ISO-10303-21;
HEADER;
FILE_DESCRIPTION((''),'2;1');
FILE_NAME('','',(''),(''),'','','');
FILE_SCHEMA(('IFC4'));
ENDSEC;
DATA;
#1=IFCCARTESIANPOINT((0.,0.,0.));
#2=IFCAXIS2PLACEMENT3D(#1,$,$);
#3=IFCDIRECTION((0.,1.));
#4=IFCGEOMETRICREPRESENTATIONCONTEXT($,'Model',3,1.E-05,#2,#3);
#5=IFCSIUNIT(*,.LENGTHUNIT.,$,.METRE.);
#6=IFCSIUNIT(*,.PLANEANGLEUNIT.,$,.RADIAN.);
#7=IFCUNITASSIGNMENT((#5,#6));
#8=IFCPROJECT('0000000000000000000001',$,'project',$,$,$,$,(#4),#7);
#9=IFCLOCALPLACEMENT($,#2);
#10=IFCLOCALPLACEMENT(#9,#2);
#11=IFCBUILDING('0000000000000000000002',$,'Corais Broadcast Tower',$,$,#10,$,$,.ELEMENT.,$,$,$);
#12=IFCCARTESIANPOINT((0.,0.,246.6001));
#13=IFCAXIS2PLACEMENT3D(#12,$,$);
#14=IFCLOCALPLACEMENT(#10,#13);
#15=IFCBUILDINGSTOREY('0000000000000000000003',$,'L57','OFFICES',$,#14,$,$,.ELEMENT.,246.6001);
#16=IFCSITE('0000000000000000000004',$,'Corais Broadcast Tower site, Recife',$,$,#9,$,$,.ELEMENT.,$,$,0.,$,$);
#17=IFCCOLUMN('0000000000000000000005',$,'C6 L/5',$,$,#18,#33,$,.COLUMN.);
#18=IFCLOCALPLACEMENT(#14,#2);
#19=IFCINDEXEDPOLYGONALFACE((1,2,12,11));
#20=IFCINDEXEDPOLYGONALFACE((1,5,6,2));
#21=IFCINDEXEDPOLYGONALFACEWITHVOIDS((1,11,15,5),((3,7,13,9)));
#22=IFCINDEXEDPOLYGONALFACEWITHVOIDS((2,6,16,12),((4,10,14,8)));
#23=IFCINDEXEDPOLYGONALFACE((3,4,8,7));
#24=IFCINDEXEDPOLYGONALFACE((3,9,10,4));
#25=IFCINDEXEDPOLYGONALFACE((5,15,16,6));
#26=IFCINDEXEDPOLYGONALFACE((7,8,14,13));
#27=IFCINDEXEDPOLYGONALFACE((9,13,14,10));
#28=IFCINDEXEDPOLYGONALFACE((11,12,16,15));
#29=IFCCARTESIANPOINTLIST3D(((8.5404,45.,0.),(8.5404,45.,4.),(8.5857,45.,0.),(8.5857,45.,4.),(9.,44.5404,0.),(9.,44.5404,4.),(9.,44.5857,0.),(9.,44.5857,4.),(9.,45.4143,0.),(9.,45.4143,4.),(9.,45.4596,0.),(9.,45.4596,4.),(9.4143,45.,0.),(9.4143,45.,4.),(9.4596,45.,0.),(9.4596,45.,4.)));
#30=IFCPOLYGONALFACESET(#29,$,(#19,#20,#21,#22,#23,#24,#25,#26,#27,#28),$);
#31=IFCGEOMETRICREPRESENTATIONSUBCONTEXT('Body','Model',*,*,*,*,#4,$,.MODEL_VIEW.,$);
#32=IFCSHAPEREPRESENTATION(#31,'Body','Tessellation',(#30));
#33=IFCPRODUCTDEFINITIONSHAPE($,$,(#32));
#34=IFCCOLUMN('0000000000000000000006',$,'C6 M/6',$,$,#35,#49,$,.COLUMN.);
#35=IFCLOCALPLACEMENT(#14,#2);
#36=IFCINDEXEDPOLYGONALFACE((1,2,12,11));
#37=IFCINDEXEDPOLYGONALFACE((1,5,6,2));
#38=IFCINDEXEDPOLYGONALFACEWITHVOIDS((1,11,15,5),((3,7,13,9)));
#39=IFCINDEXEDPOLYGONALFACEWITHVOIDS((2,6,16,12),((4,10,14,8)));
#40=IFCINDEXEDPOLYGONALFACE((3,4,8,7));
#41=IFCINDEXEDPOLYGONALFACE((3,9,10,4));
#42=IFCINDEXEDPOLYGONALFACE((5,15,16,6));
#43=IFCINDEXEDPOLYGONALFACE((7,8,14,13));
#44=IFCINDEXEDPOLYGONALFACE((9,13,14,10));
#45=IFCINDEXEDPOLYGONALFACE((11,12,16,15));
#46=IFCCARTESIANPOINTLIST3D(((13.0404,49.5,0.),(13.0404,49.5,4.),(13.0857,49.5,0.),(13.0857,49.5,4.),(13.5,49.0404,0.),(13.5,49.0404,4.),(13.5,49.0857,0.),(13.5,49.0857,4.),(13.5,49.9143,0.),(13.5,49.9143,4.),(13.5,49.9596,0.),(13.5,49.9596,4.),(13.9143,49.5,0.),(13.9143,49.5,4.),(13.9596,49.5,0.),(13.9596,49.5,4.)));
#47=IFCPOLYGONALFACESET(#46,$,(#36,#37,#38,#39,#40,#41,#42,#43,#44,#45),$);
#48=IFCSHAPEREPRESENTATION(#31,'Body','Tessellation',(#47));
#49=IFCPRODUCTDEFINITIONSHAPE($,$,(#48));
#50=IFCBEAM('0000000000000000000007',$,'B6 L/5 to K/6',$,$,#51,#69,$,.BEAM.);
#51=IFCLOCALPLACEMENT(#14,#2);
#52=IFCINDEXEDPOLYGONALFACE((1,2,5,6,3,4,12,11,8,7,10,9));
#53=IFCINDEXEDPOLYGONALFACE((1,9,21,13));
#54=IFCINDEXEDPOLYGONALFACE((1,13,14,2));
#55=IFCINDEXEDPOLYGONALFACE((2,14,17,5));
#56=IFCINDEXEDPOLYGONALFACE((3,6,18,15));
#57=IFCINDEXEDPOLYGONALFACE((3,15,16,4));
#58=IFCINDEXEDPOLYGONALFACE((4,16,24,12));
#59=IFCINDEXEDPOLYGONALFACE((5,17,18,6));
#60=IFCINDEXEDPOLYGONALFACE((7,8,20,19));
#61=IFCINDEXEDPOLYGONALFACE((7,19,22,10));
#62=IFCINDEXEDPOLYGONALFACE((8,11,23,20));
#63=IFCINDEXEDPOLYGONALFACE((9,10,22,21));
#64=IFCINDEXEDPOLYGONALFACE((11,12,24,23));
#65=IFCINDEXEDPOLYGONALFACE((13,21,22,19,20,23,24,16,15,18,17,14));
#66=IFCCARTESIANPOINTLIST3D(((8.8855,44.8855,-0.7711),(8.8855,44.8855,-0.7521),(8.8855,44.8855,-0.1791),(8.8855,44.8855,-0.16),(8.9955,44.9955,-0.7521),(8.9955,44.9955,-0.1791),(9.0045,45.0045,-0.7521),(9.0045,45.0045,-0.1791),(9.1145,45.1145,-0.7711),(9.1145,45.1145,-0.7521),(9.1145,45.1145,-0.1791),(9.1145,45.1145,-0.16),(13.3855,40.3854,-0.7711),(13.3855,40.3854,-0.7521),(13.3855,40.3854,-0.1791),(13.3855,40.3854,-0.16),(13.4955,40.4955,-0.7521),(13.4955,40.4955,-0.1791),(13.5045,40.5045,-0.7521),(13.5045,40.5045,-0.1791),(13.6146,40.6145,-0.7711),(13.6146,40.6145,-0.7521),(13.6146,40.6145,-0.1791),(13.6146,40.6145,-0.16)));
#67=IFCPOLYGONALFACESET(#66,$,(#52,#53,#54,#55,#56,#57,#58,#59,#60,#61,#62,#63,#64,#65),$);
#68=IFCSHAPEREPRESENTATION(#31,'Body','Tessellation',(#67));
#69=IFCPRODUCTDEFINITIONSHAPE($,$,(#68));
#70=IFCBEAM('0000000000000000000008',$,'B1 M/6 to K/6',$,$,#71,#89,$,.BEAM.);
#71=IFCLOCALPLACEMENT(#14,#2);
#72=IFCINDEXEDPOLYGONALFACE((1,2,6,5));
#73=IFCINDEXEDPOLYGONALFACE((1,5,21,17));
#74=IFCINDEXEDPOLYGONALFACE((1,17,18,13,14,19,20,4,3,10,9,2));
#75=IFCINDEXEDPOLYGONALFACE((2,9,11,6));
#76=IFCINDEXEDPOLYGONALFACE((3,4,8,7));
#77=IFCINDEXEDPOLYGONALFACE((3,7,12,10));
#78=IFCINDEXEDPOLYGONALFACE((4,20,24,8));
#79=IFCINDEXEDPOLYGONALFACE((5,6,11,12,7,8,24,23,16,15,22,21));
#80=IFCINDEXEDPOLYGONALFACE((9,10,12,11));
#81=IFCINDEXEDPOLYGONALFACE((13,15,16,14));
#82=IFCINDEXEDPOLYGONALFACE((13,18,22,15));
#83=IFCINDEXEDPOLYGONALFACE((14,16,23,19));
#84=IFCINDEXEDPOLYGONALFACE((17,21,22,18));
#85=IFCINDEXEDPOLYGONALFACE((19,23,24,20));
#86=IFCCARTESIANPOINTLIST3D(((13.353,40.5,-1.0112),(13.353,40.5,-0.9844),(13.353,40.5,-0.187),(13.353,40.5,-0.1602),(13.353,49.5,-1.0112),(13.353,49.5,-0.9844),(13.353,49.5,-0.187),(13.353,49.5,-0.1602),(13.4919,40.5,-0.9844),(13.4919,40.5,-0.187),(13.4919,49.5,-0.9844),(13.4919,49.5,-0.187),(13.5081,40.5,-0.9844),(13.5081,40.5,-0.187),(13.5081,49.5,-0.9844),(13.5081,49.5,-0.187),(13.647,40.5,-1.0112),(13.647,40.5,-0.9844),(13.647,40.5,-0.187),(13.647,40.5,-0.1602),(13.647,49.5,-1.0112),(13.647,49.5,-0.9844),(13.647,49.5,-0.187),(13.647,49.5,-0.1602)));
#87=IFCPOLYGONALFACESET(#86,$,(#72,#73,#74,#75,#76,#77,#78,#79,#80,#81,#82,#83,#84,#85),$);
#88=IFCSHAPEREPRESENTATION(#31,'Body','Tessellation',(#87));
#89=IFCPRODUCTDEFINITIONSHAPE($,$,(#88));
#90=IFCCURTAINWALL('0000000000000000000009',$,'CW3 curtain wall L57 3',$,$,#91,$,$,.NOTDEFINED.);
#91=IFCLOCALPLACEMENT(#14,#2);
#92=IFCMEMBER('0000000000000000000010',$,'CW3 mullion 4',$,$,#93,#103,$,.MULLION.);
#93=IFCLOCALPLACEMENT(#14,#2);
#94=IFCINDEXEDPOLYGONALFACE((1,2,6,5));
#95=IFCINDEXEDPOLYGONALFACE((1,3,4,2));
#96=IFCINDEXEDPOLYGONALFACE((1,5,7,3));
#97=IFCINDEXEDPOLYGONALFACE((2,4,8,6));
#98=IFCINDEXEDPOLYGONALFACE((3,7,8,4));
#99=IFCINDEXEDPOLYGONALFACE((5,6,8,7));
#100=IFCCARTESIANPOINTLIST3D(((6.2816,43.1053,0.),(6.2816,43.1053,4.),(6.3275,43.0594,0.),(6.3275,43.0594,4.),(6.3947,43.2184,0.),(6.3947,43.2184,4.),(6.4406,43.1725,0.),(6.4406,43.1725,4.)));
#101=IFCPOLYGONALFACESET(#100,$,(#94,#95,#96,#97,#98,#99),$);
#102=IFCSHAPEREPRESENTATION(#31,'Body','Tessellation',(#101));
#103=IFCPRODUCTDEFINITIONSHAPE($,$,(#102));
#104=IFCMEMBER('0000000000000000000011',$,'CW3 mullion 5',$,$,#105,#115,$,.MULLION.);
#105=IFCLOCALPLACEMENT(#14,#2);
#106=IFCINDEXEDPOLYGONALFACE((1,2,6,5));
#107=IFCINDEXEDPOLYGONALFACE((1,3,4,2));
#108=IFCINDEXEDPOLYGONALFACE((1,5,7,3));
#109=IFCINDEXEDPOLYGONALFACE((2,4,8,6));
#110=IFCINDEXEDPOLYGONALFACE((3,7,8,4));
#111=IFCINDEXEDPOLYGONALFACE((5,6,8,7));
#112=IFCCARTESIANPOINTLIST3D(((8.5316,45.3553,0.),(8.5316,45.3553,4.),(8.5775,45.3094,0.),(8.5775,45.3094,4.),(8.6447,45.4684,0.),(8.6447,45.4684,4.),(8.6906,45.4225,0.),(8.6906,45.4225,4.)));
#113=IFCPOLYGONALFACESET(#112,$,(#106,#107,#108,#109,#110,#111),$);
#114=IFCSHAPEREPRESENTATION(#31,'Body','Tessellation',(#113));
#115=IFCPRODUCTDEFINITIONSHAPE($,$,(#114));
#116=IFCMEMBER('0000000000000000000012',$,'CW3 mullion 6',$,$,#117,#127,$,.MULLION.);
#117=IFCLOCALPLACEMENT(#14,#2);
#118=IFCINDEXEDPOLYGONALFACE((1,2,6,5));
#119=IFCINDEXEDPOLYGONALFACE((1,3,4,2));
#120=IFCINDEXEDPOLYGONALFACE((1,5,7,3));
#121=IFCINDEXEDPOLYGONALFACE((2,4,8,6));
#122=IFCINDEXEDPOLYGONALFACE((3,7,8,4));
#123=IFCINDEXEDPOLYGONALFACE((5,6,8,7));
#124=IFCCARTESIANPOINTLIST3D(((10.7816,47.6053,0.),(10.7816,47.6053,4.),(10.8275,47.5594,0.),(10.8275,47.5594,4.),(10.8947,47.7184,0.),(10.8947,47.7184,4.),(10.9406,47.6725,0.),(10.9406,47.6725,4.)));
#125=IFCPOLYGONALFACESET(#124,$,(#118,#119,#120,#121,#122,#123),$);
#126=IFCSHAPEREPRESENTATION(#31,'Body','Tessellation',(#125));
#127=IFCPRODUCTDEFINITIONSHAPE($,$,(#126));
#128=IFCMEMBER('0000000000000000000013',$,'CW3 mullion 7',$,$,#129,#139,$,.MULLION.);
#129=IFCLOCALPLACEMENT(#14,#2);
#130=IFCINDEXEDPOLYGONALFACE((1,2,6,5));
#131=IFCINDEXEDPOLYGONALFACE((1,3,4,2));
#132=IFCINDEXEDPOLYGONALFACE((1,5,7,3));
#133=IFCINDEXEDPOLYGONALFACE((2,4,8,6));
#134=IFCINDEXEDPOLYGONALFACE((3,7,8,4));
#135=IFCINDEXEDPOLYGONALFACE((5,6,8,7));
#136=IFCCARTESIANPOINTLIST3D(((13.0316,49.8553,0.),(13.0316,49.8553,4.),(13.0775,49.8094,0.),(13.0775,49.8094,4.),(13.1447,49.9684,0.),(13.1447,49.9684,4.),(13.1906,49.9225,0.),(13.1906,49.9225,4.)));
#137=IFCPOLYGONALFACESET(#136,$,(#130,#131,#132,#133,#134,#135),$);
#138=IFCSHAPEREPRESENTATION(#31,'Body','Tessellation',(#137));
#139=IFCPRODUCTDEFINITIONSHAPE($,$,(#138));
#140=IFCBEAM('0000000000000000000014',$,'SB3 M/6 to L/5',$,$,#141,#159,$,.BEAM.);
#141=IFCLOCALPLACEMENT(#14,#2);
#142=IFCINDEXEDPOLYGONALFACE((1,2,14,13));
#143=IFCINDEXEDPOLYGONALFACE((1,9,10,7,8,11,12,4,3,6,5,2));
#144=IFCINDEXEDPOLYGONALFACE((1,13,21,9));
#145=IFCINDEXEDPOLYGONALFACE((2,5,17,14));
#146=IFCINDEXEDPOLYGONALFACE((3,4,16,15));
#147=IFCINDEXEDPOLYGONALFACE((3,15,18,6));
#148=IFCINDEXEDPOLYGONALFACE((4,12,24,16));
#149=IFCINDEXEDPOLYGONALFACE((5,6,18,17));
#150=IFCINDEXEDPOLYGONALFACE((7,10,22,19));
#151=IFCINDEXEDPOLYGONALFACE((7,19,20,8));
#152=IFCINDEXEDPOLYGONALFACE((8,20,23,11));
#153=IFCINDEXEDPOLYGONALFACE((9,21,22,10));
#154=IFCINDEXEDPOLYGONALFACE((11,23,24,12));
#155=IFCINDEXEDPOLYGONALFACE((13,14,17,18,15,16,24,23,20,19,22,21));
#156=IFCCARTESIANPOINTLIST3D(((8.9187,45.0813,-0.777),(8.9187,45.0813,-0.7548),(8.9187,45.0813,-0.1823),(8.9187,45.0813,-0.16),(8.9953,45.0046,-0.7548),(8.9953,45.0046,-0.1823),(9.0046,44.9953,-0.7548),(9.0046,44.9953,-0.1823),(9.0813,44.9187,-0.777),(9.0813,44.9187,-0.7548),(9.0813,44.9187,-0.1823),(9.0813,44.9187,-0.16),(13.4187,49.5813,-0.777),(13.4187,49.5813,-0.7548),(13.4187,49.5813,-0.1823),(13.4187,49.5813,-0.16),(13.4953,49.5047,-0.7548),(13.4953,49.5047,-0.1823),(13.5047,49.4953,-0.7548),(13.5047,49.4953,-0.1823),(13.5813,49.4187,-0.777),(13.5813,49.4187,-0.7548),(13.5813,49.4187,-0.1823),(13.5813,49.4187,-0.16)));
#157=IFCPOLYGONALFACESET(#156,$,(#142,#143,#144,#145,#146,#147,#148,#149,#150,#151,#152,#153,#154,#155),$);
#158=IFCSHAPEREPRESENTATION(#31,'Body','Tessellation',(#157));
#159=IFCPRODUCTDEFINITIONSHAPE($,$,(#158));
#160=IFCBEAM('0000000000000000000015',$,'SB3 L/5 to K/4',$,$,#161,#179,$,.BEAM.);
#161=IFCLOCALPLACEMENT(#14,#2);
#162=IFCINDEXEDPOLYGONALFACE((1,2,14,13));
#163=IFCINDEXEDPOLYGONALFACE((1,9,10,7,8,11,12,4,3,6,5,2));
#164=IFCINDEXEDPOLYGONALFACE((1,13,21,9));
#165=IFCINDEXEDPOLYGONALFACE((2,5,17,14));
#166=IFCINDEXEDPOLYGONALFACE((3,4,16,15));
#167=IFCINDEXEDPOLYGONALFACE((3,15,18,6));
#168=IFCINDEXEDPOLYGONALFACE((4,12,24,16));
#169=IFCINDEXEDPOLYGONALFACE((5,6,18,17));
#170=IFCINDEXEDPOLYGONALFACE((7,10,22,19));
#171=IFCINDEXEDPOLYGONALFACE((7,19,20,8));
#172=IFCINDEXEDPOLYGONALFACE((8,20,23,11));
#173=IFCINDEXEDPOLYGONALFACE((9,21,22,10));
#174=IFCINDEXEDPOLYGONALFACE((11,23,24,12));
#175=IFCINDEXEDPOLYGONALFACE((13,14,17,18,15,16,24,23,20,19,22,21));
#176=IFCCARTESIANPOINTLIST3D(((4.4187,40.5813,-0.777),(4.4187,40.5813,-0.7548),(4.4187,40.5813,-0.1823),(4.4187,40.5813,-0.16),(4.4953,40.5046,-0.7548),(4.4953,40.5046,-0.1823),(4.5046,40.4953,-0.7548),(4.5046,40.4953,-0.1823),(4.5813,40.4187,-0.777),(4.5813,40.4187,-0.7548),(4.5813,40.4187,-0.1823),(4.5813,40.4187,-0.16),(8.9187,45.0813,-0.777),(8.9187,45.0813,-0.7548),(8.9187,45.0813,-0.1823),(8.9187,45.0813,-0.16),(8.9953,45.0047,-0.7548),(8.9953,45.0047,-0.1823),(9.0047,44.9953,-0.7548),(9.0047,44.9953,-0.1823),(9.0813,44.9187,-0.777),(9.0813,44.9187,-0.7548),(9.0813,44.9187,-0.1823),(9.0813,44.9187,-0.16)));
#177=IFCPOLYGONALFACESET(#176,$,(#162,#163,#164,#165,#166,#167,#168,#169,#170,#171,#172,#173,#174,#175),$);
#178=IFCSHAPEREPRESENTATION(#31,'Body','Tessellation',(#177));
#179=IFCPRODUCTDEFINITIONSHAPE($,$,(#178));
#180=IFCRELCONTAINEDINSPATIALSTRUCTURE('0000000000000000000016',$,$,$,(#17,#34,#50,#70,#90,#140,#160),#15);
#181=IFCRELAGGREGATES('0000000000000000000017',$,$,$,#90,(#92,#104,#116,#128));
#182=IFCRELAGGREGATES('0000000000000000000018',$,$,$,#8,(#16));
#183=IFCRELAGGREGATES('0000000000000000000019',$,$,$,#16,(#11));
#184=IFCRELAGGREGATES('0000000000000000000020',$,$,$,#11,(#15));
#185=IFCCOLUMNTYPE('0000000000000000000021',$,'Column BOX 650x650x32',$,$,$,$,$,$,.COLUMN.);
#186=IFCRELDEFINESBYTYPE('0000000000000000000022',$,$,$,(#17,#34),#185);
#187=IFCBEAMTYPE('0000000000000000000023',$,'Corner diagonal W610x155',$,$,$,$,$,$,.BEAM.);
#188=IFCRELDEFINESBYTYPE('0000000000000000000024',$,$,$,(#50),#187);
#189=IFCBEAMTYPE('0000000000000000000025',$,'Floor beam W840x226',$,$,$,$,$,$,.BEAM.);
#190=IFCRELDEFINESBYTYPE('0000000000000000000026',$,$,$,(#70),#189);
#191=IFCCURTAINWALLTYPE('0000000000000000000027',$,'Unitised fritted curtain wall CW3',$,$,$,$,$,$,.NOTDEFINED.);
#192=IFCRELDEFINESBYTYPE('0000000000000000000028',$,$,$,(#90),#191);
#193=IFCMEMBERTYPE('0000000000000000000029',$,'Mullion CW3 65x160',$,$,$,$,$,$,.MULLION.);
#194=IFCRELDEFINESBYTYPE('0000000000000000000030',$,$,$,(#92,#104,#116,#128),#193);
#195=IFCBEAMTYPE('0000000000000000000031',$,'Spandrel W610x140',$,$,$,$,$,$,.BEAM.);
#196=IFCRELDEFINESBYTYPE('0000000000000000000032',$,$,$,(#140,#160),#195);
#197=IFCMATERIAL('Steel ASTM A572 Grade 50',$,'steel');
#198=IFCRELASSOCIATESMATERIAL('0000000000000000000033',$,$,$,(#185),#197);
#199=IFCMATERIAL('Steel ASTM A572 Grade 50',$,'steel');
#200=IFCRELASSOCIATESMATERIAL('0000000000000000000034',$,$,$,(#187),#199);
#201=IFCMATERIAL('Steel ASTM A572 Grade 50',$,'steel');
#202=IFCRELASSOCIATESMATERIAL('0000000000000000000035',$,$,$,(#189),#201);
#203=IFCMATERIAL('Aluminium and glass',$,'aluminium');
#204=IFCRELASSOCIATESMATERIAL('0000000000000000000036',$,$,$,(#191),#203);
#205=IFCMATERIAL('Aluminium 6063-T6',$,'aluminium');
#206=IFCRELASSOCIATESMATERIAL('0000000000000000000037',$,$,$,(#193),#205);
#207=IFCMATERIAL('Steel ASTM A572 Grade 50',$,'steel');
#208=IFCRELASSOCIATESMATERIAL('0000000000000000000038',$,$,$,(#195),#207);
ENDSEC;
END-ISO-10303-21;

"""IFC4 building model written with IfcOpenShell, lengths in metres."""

from ifc_helpers import new_model, si_unit, direction, frame, origin, origin_2d, place, context, subcontext, project, spatial, rectangle, hollow_rectangle, i_section, extrude, material, material_profile, profile_set, type_object, element, aggregate, save


model = new_model("IFC4")

# Units and contexts
model_context = context("Model", 3, precision=1e-05, world=origin(), true_north=direction((0.0, 1.0)))
body_context = subcontext(model_context, "Body", "Model", "MODEL_VIEW")
ifc_project = project(units=[si_unit("LENGTHUNIT", "METRE"), si_unit("PLANEANGLEUNIT", "RADIAN")], contexts=[model_context])

# Site, building, storey
site_placement = place(None, origin())
site = spatial("IfcSite", under=ifc_project, at=site_placement, Name="Corais Broadcast Tower site, Recife", CompositionType="ELEMENT", RefElevation=0.0)
building_placement = place(site_placement, origin())
building = spatial("IfcBuilding", under=site, at=building_placement, Name="Corais Broadcast Tower", CompositionType="ELEMENT")
storey_placement = place(building_placement, frame((0.0, 0.0, 246.6001)))
storey = spatial("IfcBuildingStorey", under=building, at=storey_placement, Name="L57", Description="OFFICES", CompositionType="ELEMENT", Elevation=246.6001)

# Columns
ifc_material_1 = material(Name="Steel ASTM A572 Grade 50", Category="steel")
ifc_material_profile_1 = material_profile(ifc_material_1, hollow_rectangle(XDim=0.6499, YDim=0.6499, WallThickness=0.032, at=origin_2d()), Name="BOX 650x650x32")
ifc_profile_set_1 = profile_set([ifc_material_profile_1], Name="Steel ASTM A572 Grade 50")
column_type = type_object("IfcColumnType", Name="Column BOX 650x650x32", PredefinedType="COLUMN", material=ifc_profile_set_1)
for number, where, z_axis, x_axis, name in (
    (1, (9.0, 45.0, 0.0), (0.0, 0.0, 1.0), (0.707107, 0.707107, 0.0), "C6 L/5"),
    (2, (13.5, 49.5, 0.0), (0.0, 0.0, 1.0), (0.707107, 0.707107, 0.0), "C6 M/6"),
):
    element("IfcColumn", number, at=place(storey_placement, frame(where, z_axis=z_axis, x_axis=x_axis)), inside=storey, type_object=column_type, Name=name, PredefinedType="COLUMN", context=body_context, shape_type="SweptSolid", body=[
        extrude(hollow_rectangle(XDim=0.6499, YDim=0.6499, WallThickness=0.032, at=origin_2d()), origin(), (0.0, 0.0, 1.0), 4.0),
    ])

# Beams
ifc_material_2 = material(Name="Steel ASTM A572 Grade 50", Category="steel")
ifc_material_profile_2 = material_profile(ifc_material_2, i_section(OverallWidth=0.324, OverallDepth=0.6111, WebThickness=0.0127, FlangeThickness=0.019, at=origin_2d()), Name="W610x155")
ifc_profile_set_2 = profile_set([ifc_material_profile_2], Name="Steel ASTM A572 Grade 50")
beam_type_1 = type_object("IfcBeamType", Name="Corner diagonal W610x155", PredefinedType="BEAM", material=ifc_profile_set_2)
beam_1_placement = place(storey_placement, frame((9.0, 45.0, -0.4656), z_axis=(0.707107, -0.707107, 0.0), x_axis=(0.707107, 0.707107, 0.0)))
element("IfcBeam", 3, at=beam_1_placement, inside=storey, type_object=beam_type_1, Name="B6 L/5 to K/6", PredefinedType="BEAM", context=body_context, shape_type="SweptSolid", body=[
    extrude(i_section(OverallWidth=0.324, OverallDepth=0.6111, WebThickness=0.0127, FlangeThickness=0.019, at=origin_2d()), origin(), (0.0, 0.0, 1.0), 6.364),
])
ifc_material_3 = material(Name="Steel ASTM A572 Grade 50", Category="steel")
ifc_material_profile_3 = material_profile(ifc_material_3, i_section(OverallWidth=0.2939, OverallDepth=0.8511, WebThickness=0.0161, FlangeThickness=0.0269, at=origin_2d()), Name="W840x226")
ifc_profile_set_3 = profile_set([ifc_material_profile_3], Name="Steel ASTM A572 Grade 50")
beam_type_2 = type_object("IfcBeamType", Name="Floor beam W840x226", PredefinedType="BEAM", material=ifc_profile_set_3)
beam_2_placement = place(storey_placement, frame((13.5, 49.5, -0.5857), z_axis=(0.0, -1.0, 0.0), x_axis=(1.0, 0.0, 0.0)))
element("IfcBeam", 4, at=beam_2_placement, inside=storey, type_object=beam_type_2, Name="B1 M/6 to K/6", PredefinedType="BEAM", context=body_context, shape_type="SweptSolid", body=[
    extrude(i_section(OverallWidth=0.2939, OverallDepth=0.8511, WebThickness=0.0161, FlangeThickness=0.0269, at=origin_2d()), origin(), (0.0, 0.0, 1.0), 9.0),
])

# Curtain wall, members
ifc_material_4 = material(Name="Aluminium and glass", Category="aluminium")
curtain_wall_type = type_object("IfcCurtainWallType", Name="Unitised fritted curtain wall CW3", PredefinedType="NOTDEFINED", material=ifc_material_4)
curtain_wall_placement = place(storey_placement, origin())
curtain_wall = element("IfcCurtainWall", 5, at=curtain_wall_placement, inside=storey, type_object=curtain_wall_type, Name="CW3 curtain wall L57 3", PredefinedType="NOTDEFINED")
ifc_material_5 = material(Name="Aluminium 6063-T6", Category="aluminium")
ifc_material_profile_4 = material_profile(ifc_material_5, rectangle(XDim=0.0649, YDim=0.1599, at=origin_2d()), Name="Mullion CW3 65x160")
ifc_profile_set_4 = profile_set([ifc_material_profile_4], Name="Aluminium 6063-T6")
member_type_1 = type_object("IfcMemberType", Name="Mullion CW3 65x160", PredefinedType="MULLION", material=ifc_profile_set_4)
member_1_placement = place(storey_placement, frame((6.3611, 43.1389, 0.0), z_axis=(0.0, 0.0, 1.0), x_axis=(-0.707107, 0.707107, 0.0)))
member_1 = element("IfcMember", 6, at=member_1_placement, type_object=member_type_1, Name="CW3 mullion 4", PredefinedType="MULLION", context=body_context, shape_type="SweptSolid", body=[
    extrude(rectangle(XDim=0.0649, YDim=0.1599, at=origin_2d()), origin(), (0.0, 0.0, 1.0), 4.0),
])
member_2_placement = place(storey_placement, frame((8.6111, 45.3889, 0.0), z_axis=(0.0, 0.0, 1.0), x_axis=(-0.707107, 0.707107, 0.0)))
member_2 = element("IfcMember", 7, at=member_2_placement, type_object=member_type_1, Name="CW3 mullion 5", PredefinedType="MULLION", context=body_context, shape_type="SweptSolid", body=[
    extrude(rectangle(XDim=0.0649, YDim=0.1599, at=origin_2d()), origin(), (0.0, 0.0, 1.0), 4.0),
])
member_3_placement = place(storey_placement, frame((10.8611, 47.6389, 0.0), z_axis=(0.0, 0.0, 1.0), x_axis=(-0.707107, 0.707107, 0.0)))
member_3 = element("IfcMember", 8, at=member_3_placement, type_object=member_type_1, Name="CW3 mullion 6", PredefinedType="MULLION", context=body_context, shape_type="SweptSolid", body=[
    extrude(rectangle(XDim=0.0649, YDim=0.1599, at=origin_2d()), origin(), (0.0, 0.0, 1.0), 4.0),
])
member_4_placement = place(storey_placement, frame((13.1111, 49.8889, 0.0), z_axis=(0.0, 0.0, 1.0), x_axis=(-0.707107, 0.707107, 0.0)))
member_4 = element("IfcMember", 9, at=member_4_placement, type_object=member_type_1, Name="CW3 mullion 7", PredefinedType="MULLION", context=body_context, shape_type="SweptSolid", body=[
    extrude(rectangle(XDim=0.0649, YDim=0.1599, at=origin_2d()), origin(), (0.0, 0.0, 1.0), 4.0),
])

# Beams
ifc_material_6 = material(Name="Steel ASTM A572 Grade 50", Category="steel")
ifc_material_profile_5 = material_profile(ifc_material_6, i_section(OverallWidth=0.23, OverallDepth=0.6169, WebThickness=0.0132, FlangeThickness=0.0222, at=origin_2d()), Name="W610x140")
ifc_profile_set_5 = profile_set([ifc_material_profile_5], Name="Steel ASTM A572 Grade 50")
beam_type_3 = type_object("IfcBeamType", Name="Spandrel W610x140", PredefinedType="BEAM", material=ifc_profile_set_5)
for number, where, z_axis, x_axis, name in (
    (10, (13.5, 49.5, -0.4685), (-0.707107, -0.707107, 0.0), (0.707107, -0.707107, 0.0), "SB3 M/6 to L/5"),
    (11, (9.0, 45.0, -0.4685), (-0.707107, -0.707107, 0.0), (0.707107, -0.707107, 0.0), "SB3 L/5 to K/4"),
):
    element("IfcBeam", number, at=place(storey_placement, frame(where, z_axis=z_axis, x_axis=x_axis)), inside=storey, type_object=beam_type_3, Name=name, PredefinedType="BEAM", context=body_context, shape_type="SweptSolid", body=[
        extrude(i_section(OverallWidth=0.23, OverallDepth=0.6169, WebThickness=0.0132, FlangeThickness=0.0222, at=origin_2d()), origin(), (0.0, 0.0, 1.0), 6.364),
    ])

aggregate(curtain_wall, [member_1, member_2, member_3, member_4])

save(model, "model.ifc")
